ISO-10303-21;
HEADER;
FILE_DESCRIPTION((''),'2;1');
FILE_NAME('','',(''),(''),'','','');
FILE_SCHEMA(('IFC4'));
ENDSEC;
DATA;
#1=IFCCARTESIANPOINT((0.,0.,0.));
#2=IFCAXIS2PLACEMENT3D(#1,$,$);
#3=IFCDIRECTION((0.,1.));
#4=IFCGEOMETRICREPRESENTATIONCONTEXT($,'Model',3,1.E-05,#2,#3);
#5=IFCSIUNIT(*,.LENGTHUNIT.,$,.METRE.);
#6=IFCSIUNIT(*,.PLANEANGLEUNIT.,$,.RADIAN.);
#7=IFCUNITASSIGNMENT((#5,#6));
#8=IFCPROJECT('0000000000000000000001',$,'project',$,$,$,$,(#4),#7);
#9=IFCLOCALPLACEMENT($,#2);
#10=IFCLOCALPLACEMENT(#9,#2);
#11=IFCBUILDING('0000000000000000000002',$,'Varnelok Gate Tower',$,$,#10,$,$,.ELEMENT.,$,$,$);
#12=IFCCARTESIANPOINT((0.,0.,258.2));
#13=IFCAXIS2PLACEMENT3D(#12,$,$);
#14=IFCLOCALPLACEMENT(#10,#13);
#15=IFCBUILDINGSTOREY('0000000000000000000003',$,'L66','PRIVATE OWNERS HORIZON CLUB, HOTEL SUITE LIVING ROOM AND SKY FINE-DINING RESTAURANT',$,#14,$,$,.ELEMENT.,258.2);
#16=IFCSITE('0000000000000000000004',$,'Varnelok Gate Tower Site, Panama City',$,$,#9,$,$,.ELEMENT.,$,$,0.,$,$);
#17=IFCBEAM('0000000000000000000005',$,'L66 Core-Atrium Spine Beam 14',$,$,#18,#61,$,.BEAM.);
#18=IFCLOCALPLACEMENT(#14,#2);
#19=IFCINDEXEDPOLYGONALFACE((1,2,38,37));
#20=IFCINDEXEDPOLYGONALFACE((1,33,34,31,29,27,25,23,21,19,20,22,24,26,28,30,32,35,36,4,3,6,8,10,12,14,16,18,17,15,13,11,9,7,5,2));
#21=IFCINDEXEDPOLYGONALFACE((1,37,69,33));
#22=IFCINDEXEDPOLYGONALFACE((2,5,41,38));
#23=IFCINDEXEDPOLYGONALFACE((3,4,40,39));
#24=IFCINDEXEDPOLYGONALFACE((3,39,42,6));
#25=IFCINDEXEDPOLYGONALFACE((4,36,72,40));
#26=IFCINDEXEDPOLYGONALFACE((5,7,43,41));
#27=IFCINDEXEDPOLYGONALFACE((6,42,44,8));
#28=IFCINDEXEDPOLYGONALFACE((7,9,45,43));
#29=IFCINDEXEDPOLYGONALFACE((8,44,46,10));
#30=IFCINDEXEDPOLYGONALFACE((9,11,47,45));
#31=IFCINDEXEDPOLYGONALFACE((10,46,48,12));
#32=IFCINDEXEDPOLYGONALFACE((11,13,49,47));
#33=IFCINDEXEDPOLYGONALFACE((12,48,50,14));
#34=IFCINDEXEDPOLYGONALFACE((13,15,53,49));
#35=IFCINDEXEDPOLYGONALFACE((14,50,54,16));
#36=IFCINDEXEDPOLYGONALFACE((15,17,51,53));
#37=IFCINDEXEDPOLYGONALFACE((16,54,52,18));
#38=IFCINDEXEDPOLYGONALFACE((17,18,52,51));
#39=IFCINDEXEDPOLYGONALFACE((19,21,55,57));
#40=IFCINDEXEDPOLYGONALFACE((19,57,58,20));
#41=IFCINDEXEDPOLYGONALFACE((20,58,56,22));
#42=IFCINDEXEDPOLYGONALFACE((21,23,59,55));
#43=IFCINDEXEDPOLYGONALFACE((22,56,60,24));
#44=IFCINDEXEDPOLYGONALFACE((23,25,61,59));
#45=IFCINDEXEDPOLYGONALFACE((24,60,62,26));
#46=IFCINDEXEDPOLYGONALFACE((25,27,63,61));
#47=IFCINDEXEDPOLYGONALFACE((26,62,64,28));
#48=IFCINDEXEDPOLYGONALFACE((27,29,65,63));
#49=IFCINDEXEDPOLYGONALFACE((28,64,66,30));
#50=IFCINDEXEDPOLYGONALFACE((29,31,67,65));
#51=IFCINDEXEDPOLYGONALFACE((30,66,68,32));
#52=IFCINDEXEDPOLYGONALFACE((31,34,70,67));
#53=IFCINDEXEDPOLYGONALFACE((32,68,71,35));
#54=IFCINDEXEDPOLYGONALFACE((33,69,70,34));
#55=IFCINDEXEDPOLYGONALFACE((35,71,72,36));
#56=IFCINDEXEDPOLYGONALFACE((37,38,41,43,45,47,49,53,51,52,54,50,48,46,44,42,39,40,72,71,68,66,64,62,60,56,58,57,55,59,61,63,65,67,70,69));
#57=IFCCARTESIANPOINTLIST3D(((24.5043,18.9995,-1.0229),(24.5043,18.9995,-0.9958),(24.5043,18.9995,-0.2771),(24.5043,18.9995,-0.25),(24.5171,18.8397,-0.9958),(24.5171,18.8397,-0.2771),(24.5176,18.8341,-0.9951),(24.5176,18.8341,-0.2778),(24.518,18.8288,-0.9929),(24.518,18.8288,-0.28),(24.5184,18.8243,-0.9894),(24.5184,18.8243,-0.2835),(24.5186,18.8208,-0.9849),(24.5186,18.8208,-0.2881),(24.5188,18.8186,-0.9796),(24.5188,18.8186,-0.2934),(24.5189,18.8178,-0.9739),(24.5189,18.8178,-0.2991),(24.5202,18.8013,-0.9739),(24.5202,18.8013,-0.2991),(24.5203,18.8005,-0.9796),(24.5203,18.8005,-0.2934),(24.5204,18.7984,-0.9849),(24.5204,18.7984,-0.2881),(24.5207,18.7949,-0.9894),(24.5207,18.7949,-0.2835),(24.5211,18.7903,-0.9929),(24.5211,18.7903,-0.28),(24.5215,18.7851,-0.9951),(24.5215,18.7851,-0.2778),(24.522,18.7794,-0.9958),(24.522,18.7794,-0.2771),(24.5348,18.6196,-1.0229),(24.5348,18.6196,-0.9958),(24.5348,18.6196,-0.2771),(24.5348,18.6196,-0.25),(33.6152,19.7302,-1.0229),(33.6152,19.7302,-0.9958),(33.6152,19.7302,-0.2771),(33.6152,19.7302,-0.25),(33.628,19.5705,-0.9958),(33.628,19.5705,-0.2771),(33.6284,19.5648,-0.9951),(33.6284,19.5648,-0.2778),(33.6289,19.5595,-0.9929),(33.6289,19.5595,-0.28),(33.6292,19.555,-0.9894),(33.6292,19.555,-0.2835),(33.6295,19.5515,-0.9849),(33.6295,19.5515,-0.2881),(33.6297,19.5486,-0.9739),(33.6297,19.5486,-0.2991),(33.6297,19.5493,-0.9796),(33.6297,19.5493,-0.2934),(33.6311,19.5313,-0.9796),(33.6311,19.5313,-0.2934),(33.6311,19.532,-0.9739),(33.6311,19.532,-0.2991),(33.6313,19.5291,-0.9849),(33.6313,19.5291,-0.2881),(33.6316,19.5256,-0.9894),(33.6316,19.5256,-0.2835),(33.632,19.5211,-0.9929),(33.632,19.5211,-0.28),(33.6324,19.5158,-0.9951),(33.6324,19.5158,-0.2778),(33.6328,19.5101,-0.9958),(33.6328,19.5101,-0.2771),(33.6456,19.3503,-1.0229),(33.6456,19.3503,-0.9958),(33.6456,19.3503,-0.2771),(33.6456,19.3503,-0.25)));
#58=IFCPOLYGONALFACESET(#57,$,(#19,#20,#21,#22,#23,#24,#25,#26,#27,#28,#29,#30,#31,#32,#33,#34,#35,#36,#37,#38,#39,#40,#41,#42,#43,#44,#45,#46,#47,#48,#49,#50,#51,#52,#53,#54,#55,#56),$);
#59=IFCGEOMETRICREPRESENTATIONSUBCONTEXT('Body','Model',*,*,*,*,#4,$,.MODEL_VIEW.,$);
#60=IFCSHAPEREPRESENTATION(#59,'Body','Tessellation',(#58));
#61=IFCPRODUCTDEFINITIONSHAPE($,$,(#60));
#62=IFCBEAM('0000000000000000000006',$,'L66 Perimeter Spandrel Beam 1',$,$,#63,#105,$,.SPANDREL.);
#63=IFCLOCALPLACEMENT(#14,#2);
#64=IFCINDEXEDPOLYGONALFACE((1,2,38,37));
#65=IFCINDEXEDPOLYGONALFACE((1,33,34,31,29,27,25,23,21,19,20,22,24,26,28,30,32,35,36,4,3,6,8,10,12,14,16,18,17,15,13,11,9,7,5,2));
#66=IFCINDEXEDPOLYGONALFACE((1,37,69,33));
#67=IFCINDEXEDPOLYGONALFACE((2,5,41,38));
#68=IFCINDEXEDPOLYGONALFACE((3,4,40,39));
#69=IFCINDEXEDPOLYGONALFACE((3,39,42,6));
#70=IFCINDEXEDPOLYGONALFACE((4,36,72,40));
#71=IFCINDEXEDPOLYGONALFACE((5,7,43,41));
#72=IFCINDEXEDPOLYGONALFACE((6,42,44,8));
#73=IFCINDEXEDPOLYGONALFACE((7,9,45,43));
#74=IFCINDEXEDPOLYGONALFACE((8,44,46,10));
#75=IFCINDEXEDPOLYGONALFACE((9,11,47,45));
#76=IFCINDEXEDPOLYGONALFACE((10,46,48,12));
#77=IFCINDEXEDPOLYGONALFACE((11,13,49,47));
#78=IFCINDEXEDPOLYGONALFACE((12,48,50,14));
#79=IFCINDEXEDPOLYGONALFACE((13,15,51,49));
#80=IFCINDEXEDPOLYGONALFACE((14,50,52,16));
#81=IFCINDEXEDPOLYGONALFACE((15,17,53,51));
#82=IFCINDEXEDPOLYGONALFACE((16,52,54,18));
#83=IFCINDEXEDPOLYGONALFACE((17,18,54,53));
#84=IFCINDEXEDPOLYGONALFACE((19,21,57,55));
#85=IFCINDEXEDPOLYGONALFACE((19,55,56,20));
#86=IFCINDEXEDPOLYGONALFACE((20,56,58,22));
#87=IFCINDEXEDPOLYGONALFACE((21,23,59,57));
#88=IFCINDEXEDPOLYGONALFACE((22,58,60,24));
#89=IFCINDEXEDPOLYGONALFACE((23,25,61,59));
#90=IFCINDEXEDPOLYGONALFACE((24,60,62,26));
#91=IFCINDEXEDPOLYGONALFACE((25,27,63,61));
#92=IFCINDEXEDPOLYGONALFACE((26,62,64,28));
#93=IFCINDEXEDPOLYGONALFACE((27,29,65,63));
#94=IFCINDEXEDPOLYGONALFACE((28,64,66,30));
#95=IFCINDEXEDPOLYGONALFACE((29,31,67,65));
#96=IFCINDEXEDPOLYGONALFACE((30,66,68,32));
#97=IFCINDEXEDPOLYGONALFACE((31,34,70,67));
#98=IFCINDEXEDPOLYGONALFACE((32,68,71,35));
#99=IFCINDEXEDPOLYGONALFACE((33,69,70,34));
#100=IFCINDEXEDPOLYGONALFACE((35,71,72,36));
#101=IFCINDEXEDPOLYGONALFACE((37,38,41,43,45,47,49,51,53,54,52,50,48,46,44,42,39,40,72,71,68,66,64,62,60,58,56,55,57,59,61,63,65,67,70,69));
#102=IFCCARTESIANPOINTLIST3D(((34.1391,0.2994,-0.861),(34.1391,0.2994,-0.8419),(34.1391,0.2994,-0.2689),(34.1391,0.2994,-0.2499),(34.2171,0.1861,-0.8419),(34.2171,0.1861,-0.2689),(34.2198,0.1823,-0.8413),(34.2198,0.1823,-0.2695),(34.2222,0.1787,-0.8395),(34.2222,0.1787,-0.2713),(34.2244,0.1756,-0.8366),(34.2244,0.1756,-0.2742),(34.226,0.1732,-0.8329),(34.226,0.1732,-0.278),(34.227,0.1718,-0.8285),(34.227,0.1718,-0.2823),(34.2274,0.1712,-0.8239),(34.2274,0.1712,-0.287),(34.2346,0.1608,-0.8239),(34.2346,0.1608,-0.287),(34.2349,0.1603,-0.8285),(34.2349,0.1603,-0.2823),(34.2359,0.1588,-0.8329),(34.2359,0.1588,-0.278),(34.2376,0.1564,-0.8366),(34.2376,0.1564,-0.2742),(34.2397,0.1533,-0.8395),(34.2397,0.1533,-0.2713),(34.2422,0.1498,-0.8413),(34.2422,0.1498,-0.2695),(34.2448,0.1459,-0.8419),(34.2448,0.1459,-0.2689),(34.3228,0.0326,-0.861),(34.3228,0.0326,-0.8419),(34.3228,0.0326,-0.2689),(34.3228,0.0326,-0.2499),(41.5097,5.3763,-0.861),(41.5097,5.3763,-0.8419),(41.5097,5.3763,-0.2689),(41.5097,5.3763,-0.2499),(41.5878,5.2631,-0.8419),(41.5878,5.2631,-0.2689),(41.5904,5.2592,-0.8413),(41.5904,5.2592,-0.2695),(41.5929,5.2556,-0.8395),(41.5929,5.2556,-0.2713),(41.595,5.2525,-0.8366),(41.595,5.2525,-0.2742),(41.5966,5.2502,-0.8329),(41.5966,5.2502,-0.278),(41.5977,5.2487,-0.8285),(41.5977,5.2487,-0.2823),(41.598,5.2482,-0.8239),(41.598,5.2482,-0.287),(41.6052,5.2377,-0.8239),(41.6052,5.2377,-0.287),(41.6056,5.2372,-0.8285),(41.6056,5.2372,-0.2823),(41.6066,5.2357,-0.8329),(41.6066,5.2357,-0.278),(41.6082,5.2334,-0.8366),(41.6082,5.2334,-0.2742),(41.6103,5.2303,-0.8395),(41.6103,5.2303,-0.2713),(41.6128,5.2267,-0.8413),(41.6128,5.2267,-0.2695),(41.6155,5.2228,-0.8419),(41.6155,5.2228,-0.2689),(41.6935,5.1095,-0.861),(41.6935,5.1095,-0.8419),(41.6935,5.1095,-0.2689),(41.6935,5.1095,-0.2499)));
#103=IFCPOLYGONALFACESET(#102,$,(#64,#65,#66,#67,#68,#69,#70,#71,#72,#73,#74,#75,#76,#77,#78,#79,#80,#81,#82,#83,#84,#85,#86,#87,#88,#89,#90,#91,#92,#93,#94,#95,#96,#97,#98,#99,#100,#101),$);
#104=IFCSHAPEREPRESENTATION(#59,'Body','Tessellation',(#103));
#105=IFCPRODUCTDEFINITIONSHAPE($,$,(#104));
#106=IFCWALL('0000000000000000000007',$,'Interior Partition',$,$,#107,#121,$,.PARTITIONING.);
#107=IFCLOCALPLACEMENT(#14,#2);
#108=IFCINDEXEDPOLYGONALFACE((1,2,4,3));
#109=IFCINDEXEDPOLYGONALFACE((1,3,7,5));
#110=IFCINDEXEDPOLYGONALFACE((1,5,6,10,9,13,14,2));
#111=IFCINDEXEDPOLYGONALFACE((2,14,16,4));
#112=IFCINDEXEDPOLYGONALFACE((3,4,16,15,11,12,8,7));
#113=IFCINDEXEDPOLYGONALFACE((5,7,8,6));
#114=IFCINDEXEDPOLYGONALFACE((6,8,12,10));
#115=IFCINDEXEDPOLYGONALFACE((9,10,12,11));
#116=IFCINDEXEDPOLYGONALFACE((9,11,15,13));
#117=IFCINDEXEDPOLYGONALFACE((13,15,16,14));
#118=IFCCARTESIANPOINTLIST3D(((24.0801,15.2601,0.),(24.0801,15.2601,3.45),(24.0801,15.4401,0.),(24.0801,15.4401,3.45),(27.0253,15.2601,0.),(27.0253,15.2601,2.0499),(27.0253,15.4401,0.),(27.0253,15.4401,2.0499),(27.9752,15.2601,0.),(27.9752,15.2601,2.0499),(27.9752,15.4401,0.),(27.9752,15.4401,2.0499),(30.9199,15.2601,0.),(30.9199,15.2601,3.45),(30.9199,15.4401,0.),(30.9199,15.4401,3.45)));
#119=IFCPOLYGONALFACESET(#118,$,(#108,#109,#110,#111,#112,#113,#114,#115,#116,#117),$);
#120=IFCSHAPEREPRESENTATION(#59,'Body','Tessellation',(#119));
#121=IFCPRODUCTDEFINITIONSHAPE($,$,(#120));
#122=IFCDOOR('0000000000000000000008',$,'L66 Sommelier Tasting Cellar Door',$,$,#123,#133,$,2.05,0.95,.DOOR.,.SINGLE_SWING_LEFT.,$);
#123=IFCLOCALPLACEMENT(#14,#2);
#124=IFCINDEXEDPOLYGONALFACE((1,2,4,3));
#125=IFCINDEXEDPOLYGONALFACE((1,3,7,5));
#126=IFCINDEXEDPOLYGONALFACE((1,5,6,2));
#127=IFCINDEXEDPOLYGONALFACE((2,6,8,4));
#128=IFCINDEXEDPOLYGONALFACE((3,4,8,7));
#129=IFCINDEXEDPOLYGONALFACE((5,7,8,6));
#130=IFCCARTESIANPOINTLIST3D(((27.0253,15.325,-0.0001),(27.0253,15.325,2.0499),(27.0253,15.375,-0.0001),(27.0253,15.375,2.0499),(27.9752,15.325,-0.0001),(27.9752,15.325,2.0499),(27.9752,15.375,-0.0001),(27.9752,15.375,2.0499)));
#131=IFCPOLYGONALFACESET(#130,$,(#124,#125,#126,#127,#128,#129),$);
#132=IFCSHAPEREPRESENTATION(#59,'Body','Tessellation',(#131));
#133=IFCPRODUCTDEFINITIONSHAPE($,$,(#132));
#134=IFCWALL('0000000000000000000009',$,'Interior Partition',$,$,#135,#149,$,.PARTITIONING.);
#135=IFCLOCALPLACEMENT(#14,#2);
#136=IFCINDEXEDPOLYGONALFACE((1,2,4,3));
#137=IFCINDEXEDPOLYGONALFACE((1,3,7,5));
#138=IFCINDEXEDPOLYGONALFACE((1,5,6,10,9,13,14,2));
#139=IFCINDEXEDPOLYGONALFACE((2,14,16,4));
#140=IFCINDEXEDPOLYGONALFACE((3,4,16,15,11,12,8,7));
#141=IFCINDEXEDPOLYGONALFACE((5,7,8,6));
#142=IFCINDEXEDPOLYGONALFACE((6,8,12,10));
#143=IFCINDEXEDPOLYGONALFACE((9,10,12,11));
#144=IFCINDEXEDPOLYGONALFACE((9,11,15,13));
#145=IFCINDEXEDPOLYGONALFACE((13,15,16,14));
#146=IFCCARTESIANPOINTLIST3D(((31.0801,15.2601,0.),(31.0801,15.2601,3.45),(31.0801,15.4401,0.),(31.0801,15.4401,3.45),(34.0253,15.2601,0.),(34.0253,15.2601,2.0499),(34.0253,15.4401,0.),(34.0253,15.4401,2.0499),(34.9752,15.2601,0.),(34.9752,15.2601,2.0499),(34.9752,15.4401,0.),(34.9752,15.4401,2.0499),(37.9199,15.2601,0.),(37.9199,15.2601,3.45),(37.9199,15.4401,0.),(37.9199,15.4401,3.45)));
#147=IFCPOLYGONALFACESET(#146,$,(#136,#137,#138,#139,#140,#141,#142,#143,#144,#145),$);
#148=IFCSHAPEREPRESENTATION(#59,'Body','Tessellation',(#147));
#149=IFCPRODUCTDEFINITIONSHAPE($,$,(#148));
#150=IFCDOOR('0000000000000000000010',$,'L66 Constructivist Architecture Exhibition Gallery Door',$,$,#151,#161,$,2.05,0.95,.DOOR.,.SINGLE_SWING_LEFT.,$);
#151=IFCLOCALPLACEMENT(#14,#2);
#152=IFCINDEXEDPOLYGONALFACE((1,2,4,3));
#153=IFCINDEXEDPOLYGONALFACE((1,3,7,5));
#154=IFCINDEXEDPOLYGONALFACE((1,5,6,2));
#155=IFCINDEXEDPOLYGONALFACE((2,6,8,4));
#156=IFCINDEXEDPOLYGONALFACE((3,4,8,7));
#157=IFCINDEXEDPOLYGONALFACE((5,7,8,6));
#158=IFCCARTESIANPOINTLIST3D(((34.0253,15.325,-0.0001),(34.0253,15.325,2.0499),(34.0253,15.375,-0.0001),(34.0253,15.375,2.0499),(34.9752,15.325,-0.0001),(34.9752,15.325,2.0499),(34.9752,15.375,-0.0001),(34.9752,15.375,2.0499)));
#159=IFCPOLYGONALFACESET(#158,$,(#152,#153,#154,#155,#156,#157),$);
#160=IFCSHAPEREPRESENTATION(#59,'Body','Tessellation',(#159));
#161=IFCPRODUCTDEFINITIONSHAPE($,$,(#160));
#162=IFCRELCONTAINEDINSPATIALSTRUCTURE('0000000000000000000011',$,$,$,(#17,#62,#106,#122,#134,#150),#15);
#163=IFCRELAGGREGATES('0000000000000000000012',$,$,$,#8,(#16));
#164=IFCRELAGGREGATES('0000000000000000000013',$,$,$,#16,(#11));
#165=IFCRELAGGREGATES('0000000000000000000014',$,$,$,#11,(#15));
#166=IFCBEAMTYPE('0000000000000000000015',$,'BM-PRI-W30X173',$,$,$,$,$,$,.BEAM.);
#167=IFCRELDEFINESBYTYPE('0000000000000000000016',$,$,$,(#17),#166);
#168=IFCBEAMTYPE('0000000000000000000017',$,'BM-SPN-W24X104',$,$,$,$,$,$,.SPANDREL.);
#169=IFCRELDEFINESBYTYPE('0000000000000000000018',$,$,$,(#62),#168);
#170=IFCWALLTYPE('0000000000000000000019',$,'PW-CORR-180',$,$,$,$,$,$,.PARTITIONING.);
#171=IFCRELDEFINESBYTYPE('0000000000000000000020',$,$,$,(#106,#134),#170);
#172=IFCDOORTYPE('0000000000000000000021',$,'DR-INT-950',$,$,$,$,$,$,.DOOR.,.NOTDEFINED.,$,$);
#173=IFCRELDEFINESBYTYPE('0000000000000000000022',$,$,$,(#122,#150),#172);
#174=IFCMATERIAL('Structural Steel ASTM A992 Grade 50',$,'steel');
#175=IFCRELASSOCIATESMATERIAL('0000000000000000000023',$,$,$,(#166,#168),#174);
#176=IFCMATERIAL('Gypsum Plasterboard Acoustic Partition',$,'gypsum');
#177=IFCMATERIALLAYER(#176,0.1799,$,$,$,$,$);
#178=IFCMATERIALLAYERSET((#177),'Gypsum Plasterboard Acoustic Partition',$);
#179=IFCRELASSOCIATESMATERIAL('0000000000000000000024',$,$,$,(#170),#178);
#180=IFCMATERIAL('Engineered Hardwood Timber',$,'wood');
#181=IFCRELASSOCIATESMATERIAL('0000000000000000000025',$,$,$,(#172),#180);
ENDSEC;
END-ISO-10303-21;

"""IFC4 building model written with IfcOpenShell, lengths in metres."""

from ifc_helpers import new_model, si_unit, direction, frame, frame_2d, origin, origin_2d, place, context, subcontext, project, spatial, rectangle, i_section, extrude, material, layer, layer_set, material_profile, profile_set, type_object, element, fill, save


model = new_model("IFC4")

# Units and contexts
model_context = context("Model", 3, precision=1e-05, world=origin(), true_north=direction((0.0, 1.0)))
body_context = subcontext(model_context, "Body", "Model", "MODEL_VIEW")
ifc_project = project(units=[si_unit("LENGTHUNIT", "METRE"), si_unit("PLANEANGLEUNIT", "RADIAN")], contexts=[model_context])

# Site, building, storey
site_placement = place(None, origin())
site = spatial("IfcSite", under=ifc_project, at=site_placement, Name="Varnelok Gate Tower Site, Panama City", CompositionType="ELEMENT", RefElevation=0.0)
building_placement = place(site_placement, origin())
building = spatial("IfcBuilding", under=site, at=building_placement, Name="Varnelok Gate Tower", CompositionType="ELEMENT")
storey_placement = place(building_placement, frame((0.0, 0.0, 258.2)))
storey = spatial("IfcBuildingStorey", under=building, at=storey_placement, Name="L66", Description="PRIVATE OWNERS HORIZON CLUB, HOTEL SUITE LIVING ROOM AND SKY FINE-DINING RESTAURANT", CompositionType="ELEMENT", Elevation=258.2)

# Shared definitions
ifc_material_1 = material(Name="Structural Steel ASTM A992 Grade 50", Category="steel")

# Beams
ifc_material_profile_1 = material_profile(ifc_material_1, i_section(OverallWidth=0.3811, OverallDepth=0.7729, WebThickness=0.0166, FlangeThickness=0.0271, FilletRadius=0.022, at=origin_2d()), Name="W30X173")
ifc_profile_set_1 = profile_set([ifc_material_profile_1], Name="Structural Steel ASTM A992 Grade 50")
beam_type_1 = type_object("IfcBeamType", Name="BM-PRI-W30X173", PredefinedType="BEAM", material=ifc_profile_set_1)
beam_1_placement = place(storey_placement, frame((24.5195, 18.8096, -0.6365), z_axis=(0.996799, 0.079946, 0.0), x_axis=(-0.079946, 0.996799, 0.0)))
element("IfcBeam", 1, at=beam_1_placement, inside=storey, type_object=beam_type_1, Name="L66 Core-Atrium Spine Beam 14", PredefinedType="BEAM", context=body_context, shape_type="SweptSolid", body=[
    extrude(i_section(OverallWidth=0.3811, OverallDepth=0.7729, WebThickness=0.0166, FlangeThickness=0.0271, FilletRadius=0.022, at=origin_2d()), origin(), (0.0, 0.0, 1.0), 9.1401),
])
ifc_material_profile_2 = material_profile(ifc_material_1, i_section(OverallWidth=0.324, OverallDepth=0.6111, WebThickness=0.0127, FlangeThickness=0.019, FilletRadius=0.0181, at=origin_2d()), Name="W24X104")
ifc_profile_set_2 = profile_set([ifc_material_profile_2], Name="Structural Steel ASTM A992 Grade 50")
beam_type_2 = type_object("IfcBeamType", Name="BM-SPN-W24X104", PredefinedType="SPANDREL", material=ifc_profile_set_2)
beam_2_placement = place(storey_placement, frame((34.231, 0.166, -0.5554), z_axis=(0.82354, 0.567258, 0.0), x_axis=(-0.567258, 0.82354, 0.0)))
element("IfcBeam", 2, at=beam_2_placement, inside=storey, type_object=beam_type_2, Name="L66 Perimeter Spandrel Beam 1", PredefinedType="SPANDREL", context=body_context, shape_type="SweptSolid", body=[
    extrude(i_section(OverallWidth=0.324, OverallDepth=0.6111, WebThickness=0.0127, FlangeThickness=0.019, FilletRadius=0.0181, at=origin_2d()), origin(), (0.0, 0.0, 1.0), 8.95),
])

# Walls, openings, doors
ifc_material_2 = material(Name="Gypsum Plasterboard Acoustic Partition", Category="gypsum")
ifc_layer_1 = layer(ifc_material_2, 0.1799)
ifc_layer_set_1 = layer_set([ifc_layer_1], Name="Gypsum Plasterboard Acoustic Partition")
wall_type_1 = type_object("IfcWallType", Name="PW-CORR-180", PredefinedType="PARTITIONING", material=ifc_layer_set_1)
wall_1_placement = place(storey_placement, frame((24.0801, 15.3501, 0.0), z_axis=(0.0, 0.0, 1.0), x_axis=(1.0, 0.0, 0.0)))
wall_1 = element("IfcWall", 3, at=wall_1_placement, inside=storey, type_object=wall_type_1, Name="Interior Partition", PredefinedType="PARTITIONING", context=body_context, shape_type="SweptSolid", body=[
    extrude(rectangle(XDim=6.8398, YDim=0.1799, at=frame_2d((3.4199, 0.0))), origin(), (0.0, 0.0, 1.0), 3.45),
])
opening_1_placement = place(wall_1_placement, frame((2.9451, 0.0, 0.0)))
opening_1 = element("IfcOpeningElement", 4, at=opening_1_placement, cuts=wall_1, PredefinedType="OPENING", context=body_context, shape_type="SweptSolid", body=[
    extrude(rectangle(XDim=0.95, YDim=2.05, at=frame_2d((0.4751, 1.0249))), frame((0.0, 0.0999, 0.0), z_axis=(0.0, -1.0, 0.0), x_axis=(1.0, 0.0, 0.0)), (0.0, 0.0, 1.0), 0.2),
])
ifc_material_3 = material(Name="Engineered Hardwood Timber", Category="wood")
door_type_1 = type_object("IfcDoorType", Name="DR-INT-950", OperationType="NOTDEFINED", PredefinedType="DOOR", material=ifc_material_3)
door_1_placement = place(opening_1_placement, origin())
door_1 = element("IfcDoor", 5, at=door_1_placement, inside=storey, type_object=door_type_1, Name="L66 Sommelier Tasting Cellar Door", OperationType="SINGLE_SWING_LEFT", OverallHeight=2.05, OverallWidth=0.95, PredefinedType="DOOR", context=body_context, shape_type="SweptSolid", body=[
    extrude(rectangle(XDim=0.95, YDim=2.05, at=frame_2d((0.4751, 1.0249))), frame((0.0, 0.0249, 0.0), z_axis=(0.0, -1.0, 0.0), x_axis=(1.0, 0.0, 0.0)), (0.0, 0.0, 1.0), 0.05),
])
fill(opening_1, door_1)
wall_2_placement = place(storey_placement, frame((31.0801, 15.3501, 0.0), z_axis=(0.0, 0.0, 1.0), x_axis=(1.0, 0.0, 0.0)))
wall_2 = element("IfcWall", 6, at=wall_2_placement, inside=storey, type_object=wall_type_1, Name="Interior Partition", PredefinedType="PARTITIONING", context=body_context, shape_type="SweptSolid", body=[
    extrude(rectangle(XDim=6.8398, YDim=0.1799, at=frame_2d((3.4199, 0.0))), origin(), (0.0, 0.0, 1.0), 3.45),
])
opening_2_placement = place(wall_2_placement, frame((2.9451, 0.0, 0.0)))
opening_2 = element("IfcOpeningElement", 7, at=opening_2_placement, cuts=wall_2, PredefinedType="OPENING", context=body_context, shape_type="SweptSolid", body=[
    extrude(rectangle(XDim=0.95, YDim=2.05, at=frame_2d((0.4751, 1.0249))), frame((0.0, 0.0999, 0.0), z_axis=(0.0, -1.0, 0.0), x_axis=(1.0, 0.0, 0.0)), (0.0, 0.0, 1.0), 0.2),
])
door_2_placement = place(opening_2_placement, origin())
door_2 = element("IfcDoor", 8, at=door_2_placement, inside=storey, type_object=door_type_1, Name="L66 Constructivist Architecture Exhibition Gallery Door", OperationType="SINGLE_SWING_LEFT", OverallHeight=2.05, OverallWidth=0.95, PredefinedType="DOOR", context=body_context, shape_type="SweptSolid", body=[
    extrude(rectangle(XDim=0.95, YDim=2.05, at=frame_2d((0.4751, 1.0249))), frame((0.0, 0.0249, 0.0), z_axis=(0.0, -1.0, 0.0), x_axis=(1.0, 0.0, 0.0)), (0.0, 0.0, 1.0), 0.05),
])
fill(opening_2, door_2)

save(model, "model.ifc")
